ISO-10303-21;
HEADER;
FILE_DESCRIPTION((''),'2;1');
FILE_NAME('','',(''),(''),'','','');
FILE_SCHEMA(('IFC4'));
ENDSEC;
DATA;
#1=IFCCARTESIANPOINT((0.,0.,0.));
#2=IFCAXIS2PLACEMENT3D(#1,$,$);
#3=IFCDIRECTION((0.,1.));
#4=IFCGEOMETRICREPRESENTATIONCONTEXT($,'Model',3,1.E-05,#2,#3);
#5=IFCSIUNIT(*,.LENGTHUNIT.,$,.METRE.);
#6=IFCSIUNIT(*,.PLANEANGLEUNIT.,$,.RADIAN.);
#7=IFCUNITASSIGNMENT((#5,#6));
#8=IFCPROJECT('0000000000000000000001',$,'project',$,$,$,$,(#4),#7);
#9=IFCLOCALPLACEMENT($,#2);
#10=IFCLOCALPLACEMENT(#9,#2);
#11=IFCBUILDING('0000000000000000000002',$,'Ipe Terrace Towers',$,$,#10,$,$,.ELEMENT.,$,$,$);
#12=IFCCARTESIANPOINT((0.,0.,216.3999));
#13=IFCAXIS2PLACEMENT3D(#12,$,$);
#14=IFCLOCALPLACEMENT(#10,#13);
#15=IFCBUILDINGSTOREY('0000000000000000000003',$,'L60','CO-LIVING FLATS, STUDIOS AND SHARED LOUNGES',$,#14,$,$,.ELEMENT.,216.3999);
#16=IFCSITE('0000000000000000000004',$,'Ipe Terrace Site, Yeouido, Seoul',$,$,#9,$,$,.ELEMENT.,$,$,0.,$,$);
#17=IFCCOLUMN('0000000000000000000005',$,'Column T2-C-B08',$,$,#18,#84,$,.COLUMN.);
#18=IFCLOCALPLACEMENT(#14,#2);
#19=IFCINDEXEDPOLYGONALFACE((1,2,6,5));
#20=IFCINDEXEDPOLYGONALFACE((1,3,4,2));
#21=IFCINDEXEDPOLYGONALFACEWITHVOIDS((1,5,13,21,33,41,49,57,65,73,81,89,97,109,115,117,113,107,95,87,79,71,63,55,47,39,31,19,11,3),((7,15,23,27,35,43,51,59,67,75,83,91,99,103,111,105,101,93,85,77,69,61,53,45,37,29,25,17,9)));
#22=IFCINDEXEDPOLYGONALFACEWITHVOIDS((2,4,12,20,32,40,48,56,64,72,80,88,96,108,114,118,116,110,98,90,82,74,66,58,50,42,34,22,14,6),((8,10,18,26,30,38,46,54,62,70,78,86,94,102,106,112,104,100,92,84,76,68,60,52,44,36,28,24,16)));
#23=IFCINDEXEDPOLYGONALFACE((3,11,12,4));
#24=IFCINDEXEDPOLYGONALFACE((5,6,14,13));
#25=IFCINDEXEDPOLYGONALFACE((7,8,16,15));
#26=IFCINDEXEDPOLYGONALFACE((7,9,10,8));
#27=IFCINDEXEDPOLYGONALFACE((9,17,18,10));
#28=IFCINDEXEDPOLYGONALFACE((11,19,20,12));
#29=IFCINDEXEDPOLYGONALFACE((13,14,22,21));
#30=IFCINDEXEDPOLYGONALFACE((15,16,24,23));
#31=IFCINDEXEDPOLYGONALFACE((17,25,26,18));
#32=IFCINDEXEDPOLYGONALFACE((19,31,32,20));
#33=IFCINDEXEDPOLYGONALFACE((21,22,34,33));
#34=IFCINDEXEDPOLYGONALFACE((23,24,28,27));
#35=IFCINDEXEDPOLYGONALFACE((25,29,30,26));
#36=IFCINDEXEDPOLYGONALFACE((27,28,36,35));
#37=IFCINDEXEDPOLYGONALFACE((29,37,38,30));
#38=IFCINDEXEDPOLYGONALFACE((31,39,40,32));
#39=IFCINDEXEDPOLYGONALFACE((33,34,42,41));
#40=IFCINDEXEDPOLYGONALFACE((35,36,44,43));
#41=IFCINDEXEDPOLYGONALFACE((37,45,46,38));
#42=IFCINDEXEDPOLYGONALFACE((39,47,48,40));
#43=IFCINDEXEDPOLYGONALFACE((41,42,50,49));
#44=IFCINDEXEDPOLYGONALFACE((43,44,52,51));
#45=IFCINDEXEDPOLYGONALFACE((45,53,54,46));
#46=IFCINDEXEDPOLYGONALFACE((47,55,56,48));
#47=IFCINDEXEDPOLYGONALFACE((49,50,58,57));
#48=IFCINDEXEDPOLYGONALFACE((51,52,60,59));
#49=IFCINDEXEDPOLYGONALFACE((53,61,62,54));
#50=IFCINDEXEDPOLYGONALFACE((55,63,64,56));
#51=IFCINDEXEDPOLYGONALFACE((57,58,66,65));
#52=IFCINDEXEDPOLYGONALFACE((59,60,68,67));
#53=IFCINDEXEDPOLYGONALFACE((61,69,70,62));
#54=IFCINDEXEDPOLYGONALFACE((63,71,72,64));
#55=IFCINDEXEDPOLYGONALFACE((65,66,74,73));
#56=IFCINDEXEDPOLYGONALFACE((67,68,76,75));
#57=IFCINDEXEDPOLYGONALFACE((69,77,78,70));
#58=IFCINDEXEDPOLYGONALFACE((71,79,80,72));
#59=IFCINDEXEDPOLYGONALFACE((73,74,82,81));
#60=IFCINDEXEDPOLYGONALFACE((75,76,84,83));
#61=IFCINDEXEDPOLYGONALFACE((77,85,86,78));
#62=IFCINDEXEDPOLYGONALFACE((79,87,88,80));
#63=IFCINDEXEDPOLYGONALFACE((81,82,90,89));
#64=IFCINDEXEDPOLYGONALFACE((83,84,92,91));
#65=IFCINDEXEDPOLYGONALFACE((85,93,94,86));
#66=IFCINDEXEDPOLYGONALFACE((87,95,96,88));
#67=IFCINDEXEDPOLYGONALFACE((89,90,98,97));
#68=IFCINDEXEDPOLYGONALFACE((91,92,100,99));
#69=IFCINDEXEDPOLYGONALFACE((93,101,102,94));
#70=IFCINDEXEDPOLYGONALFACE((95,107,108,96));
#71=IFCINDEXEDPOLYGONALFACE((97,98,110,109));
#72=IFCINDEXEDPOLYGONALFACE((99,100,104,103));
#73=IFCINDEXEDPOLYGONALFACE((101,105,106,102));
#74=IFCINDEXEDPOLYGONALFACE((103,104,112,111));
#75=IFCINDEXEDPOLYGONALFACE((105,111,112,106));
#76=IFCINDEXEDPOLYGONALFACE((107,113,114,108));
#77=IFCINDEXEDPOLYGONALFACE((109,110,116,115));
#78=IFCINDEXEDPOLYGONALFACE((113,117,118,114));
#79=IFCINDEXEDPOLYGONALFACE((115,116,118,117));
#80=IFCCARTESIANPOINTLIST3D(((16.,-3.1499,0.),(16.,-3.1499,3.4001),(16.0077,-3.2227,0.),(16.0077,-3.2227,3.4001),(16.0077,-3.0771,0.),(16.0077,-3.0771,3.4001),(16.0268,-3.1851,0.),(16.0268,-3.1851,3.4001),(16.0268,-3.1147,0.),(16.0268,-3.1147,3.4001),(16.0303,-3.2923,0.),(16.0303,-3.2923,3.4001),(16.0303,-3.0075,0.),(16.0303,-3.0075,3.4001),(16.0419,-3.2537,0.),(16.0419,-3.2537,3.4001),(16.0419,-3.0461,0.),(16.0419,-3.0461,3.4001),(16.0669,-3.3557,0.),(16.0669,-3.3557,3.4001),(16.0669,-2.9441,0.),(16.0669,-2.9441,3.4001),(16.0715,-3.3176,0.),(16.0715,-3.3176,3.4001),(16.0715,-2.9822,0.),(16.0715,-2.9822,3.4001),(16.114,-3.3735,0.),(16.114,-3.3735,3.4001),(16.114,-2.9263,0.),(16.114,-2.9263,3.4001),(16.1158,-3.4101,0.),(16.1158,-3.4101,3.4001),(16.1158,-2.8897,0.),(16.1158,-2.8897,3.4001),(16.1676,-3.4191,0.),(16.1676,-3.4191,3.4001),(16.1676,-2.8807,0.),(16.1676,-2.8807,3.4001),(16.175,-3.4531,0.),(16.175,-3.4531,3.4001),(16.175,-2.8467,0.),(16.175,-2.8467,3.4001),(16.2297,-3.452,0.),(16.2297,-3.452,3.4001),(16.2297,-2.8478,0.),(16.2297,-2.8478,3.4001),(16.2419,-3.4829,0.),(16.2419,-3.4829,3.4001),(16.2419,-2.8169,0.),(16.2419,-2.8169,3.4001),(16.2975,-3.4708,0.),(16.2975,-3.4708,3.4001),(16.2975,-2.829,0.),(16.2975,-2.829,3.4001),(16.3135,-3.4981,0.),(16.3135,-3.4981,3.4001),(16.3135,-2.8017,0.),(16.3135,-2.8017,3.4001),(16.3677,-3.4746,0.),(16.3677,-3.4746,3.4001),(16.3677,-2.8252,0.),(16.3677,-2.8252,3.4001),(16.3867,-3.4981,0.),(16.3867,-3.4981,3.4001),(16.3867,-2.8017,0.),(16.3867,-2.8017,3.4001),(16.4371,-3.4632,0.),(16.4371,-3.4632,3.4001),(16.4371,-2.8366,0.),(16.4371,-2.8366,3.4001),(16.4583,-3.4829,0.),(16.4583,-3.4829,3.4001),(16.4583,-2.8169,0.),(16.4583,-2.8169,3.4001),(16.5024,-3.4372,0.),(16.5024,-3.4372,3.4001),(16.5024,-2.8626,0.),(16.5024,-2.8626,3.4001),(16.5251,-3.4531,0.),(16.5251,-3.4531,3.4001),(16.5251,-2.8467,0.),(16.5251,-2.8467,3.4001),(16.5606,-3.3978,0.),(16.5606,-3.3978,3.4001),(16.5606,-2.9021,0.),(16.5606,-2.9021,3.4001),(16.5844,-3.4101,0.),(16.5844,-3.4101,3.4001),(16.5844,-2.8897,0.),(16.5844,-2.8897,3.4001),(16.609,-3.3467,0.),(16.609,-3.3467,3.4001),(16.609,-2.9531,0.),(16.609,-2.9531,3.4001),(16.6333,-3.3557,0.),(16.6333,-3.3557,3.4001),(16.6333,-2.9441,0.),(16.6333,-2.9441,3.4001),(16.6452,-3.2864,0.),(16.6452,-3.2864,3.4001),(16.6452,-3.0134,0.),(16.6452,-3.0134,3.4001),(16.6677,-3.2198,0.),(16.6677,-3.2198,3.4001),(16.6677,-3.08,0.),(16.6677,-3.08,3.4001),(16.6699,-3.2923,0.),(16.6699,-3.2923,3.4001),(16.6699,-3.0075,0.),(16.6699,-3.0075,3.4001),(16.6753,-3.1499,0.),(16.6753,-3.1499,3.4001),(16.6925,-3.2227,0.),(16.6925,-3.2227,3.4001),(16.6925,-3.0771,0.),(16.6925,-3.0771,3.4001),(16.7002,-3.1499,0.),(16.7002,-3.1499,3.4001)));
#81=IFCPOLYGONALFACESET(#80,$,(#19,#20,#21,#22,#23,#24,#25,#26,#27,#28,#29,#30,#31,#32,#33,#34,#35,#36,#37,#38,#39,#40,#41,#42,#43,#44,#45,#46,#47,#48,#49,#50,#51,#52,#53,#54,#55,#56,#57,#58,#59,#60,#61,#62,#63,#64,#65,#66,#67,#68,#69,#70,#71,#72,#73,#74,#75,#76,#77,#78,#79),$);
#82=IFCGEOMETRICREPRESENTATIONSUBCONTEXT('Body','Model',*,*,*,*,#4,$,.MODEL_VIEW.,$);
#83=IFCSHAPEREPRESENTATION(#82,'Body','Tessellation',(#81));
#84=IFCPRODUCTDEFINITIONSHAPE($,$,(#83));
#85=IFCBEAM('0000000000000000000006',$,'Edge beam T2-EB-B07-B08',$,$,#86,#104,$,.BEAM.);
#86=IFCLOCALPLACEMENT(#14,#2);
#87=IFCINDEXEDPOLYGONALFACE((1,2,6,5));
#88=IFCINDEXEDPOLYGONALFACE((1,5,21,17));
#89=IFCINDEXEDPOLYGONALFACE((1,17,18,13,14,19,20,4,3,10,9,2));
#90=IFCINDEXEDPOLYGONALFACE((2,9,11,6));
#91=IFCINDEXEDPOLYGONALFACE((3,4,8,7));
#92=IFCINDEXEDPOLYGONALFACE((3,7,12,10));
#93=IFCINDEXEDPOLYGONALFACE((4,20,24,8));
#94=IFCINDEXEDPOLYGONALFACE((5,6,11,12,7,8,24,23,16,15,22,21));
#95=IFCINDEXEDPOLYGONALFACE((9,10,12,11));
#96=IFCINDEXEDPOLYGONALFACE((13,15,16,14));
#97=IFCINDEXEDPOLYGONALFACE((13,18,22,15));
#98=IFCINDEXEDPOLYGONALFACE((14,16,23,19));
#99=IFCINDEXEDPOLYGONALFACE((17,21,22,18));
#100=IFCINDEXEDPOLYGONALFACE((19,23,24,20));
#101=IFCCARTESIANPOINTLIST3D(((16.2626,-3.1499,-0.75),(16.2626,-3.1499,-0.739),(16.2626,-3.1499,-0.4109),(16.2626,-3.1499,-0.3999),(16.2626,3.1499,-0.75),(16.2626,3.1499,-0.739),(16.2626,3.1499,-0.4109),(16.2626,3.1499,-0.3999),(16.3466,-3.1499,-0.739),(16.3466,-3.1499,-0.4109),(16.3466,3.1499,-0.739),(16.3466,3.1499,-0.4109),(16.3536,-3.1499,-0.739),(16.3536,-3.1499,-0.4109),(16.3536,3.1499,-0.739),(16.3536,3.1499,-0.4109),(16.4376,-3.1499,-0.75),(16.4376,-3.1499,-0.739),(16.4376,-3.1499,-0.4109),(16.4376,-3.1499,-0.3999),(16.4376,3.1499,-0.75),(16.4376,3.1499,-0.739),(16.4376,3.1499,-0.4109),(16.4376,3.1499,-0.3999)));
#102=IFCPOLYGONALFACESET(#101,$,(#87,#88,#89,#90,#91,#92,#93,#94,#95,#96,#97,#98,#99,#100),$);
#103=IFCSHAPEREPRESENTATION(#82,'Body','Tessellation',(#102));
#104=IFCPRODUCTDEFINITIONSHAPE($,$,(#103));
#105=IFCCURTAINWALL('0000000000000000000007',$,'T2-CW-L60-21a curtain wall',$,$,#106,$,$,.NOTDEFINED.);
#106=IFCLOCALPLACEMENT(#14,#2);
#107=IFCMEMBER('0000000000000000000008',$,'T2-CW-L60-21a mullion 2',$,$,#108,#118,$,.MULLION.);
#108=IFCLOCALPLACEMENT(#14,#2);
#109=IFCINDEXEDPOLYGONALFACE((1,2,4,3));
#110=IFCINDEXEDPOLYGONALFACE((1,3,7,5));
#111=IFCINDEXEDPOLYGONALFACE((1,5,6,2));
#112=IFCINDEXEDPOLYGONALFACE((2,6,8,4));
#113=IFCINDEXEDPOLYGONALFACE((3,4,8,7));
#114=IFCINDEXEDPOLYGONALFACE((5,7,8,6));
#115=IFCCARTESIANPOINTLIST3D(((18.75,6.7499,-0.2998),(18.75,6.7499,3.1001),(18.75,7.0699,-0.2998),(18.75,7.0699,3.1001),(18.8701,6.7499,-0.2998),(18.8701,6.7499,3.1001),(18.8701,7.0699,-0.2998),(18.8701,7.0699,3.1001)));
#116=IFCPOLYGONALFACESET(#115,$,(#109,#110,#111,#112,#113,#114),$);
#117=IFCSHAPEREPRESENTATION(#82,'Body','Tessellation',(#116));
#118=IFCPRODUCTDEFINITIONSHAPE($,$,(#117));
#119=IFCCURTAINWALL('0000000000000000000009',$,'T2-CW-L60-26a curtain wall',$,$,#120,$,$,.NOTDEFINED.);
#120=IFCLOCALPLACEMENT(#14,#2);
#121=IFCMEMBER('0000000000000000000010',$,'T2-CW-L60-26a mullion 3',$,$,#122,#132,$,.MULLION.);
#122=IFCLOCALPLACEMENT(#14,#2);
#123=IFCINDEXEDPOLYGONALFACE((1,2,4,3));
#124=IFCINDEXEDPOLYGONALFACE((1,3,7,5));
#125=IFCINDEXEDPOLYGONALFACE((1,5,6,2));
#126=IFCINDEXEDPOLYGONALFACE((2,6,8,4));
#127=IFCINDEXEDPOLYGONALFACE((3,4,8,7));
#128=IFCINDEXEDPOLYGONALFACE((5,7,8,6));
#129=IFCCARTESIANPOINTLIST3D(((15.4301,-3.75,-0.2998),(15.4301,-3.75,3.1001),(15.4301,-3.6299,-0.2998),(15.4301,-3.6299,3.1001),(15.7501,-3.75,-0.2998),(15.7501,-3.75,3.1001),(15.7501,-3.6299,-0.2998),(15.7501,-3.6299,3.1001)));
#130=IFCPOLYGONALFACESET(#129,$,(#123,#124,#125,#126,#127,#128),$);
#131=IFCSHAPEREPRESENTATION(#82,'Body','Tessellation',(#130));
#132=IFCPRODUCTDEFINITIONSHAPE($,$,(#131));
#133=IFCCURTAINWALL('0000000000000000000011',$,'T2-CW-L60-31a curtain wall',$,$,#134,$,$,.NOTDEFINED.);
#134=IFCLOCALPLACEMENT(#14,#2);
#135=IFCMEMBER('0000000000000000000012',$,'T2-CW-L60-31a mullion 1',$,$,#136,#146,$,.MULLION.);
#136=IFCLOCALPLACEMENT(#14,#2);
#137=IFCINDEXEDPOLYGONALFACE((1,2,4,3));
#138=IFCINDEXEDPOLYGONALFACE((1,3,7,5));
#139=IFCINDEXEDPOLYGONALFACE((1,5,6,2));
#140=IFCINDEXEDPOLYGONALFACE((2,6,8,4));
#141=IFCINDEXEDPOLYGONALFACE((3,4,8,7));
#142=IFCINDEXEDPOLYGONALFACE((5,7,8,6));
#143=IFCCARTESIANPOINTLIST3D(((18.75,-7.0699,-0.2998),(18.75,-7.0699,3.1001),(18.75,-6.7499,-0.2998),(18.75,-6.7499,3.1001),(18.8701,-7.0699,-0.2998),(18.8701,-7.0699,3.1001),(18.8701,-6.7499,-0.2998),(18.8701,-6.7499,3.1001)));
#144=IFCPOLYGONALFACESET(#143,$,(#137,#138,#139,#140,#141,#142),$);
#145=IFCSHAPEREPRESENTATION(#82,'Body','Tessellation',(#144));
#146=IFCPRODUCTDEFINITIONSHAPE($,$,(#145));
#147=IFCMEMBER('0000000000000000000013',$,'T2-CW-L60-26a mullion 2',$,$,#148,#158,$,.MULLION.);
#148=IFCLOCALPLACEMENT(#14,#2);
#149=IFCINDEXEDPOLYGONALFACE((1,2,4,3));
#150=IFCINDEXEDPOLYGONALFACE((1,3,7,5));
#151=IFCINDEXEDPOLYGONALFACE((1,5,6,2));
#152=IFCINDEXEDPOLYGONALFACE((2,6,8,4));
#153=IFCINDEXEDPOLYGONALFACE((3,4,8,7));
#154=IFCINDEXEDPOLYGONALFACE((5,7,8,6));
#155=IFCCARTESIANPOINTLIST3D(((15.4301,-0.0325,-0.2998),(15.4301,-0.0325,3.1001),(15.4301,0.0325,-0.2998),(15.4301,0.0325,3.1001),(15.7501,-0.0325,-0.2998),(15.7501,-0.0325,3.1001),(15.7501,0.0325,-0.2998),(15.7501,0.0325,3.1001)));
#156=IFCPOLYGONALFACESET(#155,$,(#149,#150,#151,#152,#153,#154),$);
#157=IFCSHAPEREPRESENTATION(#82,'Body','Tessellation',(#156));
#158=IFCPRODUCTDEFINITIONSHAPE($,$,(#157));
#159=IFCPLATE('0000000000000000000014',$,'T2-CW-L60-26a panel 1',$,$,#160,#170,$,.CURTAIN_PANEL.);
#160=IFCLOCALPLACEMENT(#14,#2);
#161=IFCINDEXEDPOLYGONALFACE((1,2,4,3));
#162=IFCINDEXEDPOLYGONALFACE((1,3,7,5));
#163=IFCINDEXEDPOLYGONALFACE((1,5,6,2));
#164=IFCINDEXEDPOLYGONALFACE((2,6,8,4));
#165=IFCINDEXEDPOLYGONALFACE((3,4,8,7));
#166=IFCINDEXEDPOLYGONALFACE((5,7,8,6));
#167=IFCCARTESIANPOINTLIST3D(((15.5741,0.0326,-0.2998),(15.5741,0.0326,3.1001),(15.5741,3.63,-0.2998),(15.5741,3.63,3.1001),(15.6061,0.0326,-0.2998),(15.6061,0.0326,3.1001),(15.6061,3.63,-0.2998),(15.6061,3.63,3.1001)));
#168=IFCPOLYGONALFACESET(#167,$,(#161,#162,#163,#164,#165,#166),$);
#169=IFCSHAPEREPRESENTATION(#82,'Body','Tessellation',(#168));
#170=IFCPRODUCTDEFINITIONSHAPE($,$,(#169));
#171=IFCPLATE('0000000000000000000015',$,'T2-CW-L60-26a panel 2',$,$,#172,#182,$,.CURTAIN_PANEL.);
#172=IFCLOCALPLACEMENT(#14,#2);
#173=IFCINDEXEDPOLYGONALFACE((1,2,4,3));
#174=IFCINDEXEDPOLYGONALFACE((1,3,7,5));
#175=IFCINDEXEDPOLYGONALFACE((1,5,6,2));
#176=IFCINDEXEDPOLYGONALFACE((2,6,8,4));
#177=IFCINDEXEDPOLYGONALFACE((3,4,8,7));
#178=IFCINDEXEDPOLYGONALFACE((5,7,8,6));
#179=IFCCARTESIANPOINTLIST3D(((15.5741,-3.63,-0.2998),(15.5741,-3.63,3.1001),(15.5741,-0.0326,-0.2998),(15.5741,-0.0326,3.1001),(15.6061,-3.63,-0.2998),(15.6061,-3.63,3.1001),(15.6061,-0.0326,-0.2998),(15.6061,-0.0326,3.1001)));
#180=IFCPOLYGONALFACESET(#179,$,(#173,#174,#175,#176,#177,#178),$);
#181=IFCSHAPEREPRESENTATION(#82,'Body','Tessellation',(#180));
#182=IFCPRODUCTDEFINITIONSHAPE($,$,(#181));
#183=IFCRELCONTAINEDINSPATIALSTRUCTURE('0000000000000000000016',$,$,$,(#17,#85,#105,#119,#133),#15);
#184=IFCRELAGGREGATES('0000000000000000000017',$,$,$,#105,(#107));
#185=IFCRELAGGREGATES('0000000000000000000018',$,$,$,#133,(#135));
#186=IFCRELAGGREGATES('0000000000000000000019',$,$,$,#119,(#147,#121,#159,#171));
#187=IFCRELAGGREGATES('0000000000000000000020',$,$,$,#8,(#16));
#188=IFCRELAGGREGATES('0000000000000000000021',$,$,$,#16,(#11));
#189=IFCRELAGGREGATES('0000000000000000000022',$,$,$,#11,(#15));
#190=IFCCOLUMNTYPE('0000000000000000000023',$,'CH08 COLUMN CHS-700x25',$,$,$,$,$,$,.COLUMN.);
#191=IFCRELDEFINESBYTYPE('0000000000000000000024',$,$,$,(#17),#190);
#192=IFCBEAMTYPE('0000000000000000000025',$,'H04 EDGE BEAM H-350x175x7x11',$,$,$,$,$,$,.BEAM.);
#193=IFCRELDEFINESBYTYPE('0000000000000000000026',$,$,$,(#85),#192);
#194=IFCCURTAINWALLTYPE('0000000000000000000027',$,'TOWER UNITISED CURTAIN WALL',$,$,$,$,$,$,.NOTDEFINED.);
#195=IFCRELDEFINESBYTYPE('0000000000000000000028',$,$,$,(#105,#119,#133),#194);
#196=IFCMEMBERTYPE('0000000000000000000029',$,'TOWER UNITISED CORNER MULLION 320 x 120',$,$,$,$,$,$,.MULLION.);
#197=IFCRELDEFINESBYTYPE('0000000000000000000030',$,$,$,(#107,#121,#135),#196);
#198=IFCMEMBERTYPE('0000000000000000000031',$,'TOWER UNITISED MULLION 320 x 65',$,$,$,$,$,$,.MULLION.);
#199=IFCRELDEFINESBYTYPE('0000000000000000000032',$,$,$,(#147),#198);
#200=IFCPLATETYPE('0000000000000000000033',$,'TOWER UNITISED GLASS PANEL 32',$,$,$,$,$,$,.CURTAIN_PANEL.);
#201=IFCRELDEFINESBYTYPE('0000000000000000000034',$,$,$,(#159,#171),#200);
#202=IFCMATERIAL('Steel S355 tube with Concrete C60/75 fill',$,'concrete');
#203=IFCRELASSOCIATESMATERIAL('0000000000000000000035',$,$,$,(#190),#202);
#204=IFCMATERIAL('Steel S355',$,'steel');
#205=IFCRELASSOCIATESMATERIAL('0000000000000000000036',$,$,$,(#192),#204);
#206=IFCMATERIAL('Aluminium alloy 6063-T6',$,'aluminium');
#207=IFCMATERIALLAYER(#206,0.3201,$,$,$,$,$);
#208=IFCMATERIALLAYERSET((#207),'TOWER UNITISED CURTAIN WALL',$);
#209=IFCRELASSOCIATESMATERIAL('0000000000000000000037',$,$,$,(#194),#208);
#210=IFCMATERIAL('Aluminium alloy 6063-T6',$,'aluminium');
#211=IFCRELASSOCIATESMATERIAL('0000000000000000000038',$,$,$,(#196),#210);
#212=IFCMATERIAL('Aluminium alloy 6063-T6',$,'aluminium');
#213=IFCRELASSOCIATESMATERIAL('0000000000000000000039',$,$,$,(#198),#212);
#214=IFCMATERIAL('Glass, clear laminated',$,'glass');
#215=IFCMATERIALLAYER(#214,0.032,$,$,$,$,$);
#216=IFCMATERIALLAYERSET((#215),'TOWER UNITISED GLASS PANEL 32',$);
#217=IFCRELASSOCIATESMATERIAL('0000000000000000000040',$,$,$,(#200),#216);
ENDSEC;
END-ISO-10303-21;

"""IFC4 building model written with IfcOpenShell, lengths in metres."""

from ifc_helpers import new_model, si_unit, direction, frame, origin, origin_2d, place, context, subcontext, project, spatial, rectangle, hollow_circle, i_section, extrude, material, layer, layer_set, material_profile, profile_set, type_object, element, aggregate, save


model = new_model("IFC4")

# Units and contexts
model_context = context("Model", 3, precision=1e-05, world=origin(), true_north=direction((0.0, 1.0)))
body_context = subcontext(model_context, "Body", "Model", "MODEL_VIEW")
ifc_project = project(units=[si_unit("LENGTHUNIT", "METRE"), si_unit("PLANEANGLEUNIT", "RADIAN")], contexts=[model_context])

# Site, building, storey
site_placement = place(None, origin())
site = spatial("IfcSite", under=ifc_project, at=site_placement, Name="Ipe Terrace Site, Yeouido, Seoul", CompositionType="ELEMENT", RefElevation=0.0)
building_placement = place(site_placement, origin())
building = spatial("IfcBuilding", under=site, at=building_placement, Name="Ipe Terrace Towers", CompositionType="ELEMENT")
storey_placement = place(building_placement, frame((0.0, 0.0, 216.3999)))
storey = spatial("IfcBuildingStorey", under=building, at=storey_placement, Name="L60", Description="CO-LIVING FLATS, STUDIOS AND SHARED LOUNGES", CompositionType="ELEMENT", Elevation=216.3999)

# Column
ifc_material_1 = material(Name="Steel S355 tube with Concrete C60/75 fill", Category="concrete")
ifc_material_profile_1 = material_profile(ifc_material_1, hollow_circle(Radius=0.3501, WallThickness=0.0249, at=origin_2d()), Name="CHS-700x25")
ifc_profile_set_1 = profile_set([ifc_material_profile_1], Name="Steel S355 tube with Concrete C60/75 fill")
column_type = type_object("IfcColumnType", Name="CH08 COLUMN CHS-700x25", PredefinedType="COLUMN", material=ifc_profile_set_1)
for number, where, z_axis, x_axis, name in (
    (1, (16.3501, -3.1499, 0.0), (0.0, 0.0, 1.0), (1.0, 0.0, 0.0), "Column T2-C-B08"),
):
    element("IfcColumn", number, at=place(storey_placement, frame(where, z_axis=z_axis, x_axis=x_axis)), inside=storey, type_object=column_type, Name=name, PredefinedType="COLUMN", context=body_context, shape_type="SweptSolid", body=[
        extrude(hollow_circle(Radius=0.3501, WallThickness=0.0249, at=origin_2d()), origin(), (0.0, 0.0, 1.0), 3.4001),
    ])

# Beam
ifc_material_2 = material(Name="Steel S355", Category="steel")
ifc_material_profile_2 = material_profile(ifc_material_2, i_section(OverallWidth=0.175, OverallDepth=0.3501, WebThickness=0.0071, FlangeThickness=0.011, at=origin_2d()), Name="H-350x175x7x11")
ifc_profile_set_2 = profile_set([ifc_material_profile_2], Name="Steel S355")
beam_type = type_object("IfcBeamType", Name="H04 EDGE BEAM H-350x175x7x11", PredefinedType="BEAM", material=ifc_profile_set_2)
beam_placement = place(storey_placement, frame((16.3501, 3.1499, -0.575), z_axis=(0.0, -1.0, 0.0), x_axis=(1.0, 0.0, 0.0)))
element("IfcBeam", 2, at=beam_placement, inside=storey, type_object=beam_type, Name="Edge beam T2-EB-B07-B08", PredefinedType="BEAM", context=body_context, shape_type="SweptSolid", body=[
    extrude(i_section(OverallWidth=0.175, OverallDepth=0.3501, WebThickness=0.0071, FlangeThickness=0.011, at=origin_2d()), origin(), (0.0, 0.0, 1.0), 6.2998),
])

# Curtain walls, members
ifc_material_3 = material(Name="Aluminium alloy 6063-T6", Category="aluminium")
ifc_layer_1 = layer(ifc_material_3, 0.3201)
ifc_layer_set_1 = layer_set([ifc_layer_1], Name="TOWER UNITISED CURTAIN WALL")
curtain_wall_type = type_object("IfcCurtainWallType", Name="TOWER UNITISED CURTAIN WALL", PredefinedType="NOTDEFINED", material=ifc_layer_set_1)
curtain_wall_1_placement = place(storey_placement, origin())
curtain_wall_1 = element("IfcCurtainWall", 3, at=curtain_wall_1_placement, inside=storey, type_object=curtain_wall_type, Name="T2-CW-L60-21a curtain wall", PredefinedType="NOTDEFINED")
ifc_material_4 = material(Name="Aluminium alloy 6063-T6", Category="aluminium")
ifc_material_profile_3 = material_profile(ifc_material_4, rectangle(XDim=0.3201, YDim=0.1201, at=origin_2d()), Name="TOWER UNITISED CORNER MULLION 320 x 120")
ifc_profile_set_3 = profile_set([ifc_material_profile_3], Name="Aluminium alloy 6063-T6")
member_type_1 = type_object("IfcMemberType", Name="TOWER UNITISED CORNER MULLION 320 x 120", PredefinedType="MULLION", material=ifc_profile_set_3)
member_1_placement = place(storey_placement, frame((18.8101, 6.9099, -0.2998), z_axis=(0.0, 0.0, 1.0), x_axis=(0.0, 1.0, 0.0)))
member_1 = element("IfcMember", 4, at=member_1_placement, type_object=member_type_1, Name="T2-CW-L60-21a mullion 2", PredefinedType="MULLION", context=body_context, shape_type="SweptSolid", body=[
    extrude(rectangle(XDim=0.3201, YDim=0.1201, at=origin_2d()), origin(), (0.0, 0.0, 1.0), 3.3999),
])
aggregate(curtain_wall_1, [member_1])
curtain_wall_2_placement = place(storey_placement, origin())
curtain_wall_2 = element("IfcCurtainWall", 5, at=curtain_wall_2_placement, inside=storey, type_object=curtain_wall_type, Name="T2-CW-L60-26a curtain wall", PredefinedType="NOTDEFINED")
member_2_placement = place(storey_placement, frame((15.5901, -3.6899, -0.2998), z_axis=(0.0, 0.0, 1.0), x_axis=(-1.0, 0.0, 0.0)))
member_2 = element("IfcMember", 6, at=member_2_placement, type_object=member_type_1, Name="T2-CW-L60-26a mullion 3", PredefinedType="MULLION", context=body_context, shape_type="SweptSolid", body=[
    extrude(rectangle(XDim=0.3201, YDim=0.1201, at=origin_2d()), origin(), (0.0, 0.0, 1.0), 3.3999),
])
curtain_wall_3_placement = place(storey_placement, origin())
curtain_wall_3 = element("IfcCurtainWall", 7, at=curtain_wall_3_placement, inside=storey, type_object=curtain_wall_type, Name="T2-CW-L60-31a curtain wall", PredefinedType="NOTDEFINED")
member_3_placement = place(storey_placement, frame((18.8101, -6.9099, -0.2998), z_axis=(0.0, 0.0, 1.0), x_axis=(0.0, -1.0, 0.0)))
member_3 = element("IfcMember", 8, at=member_3_placement, type_object=member_type_1, Name="T2-CW-L60-31a mullion 1", PredefinedType="MULLION", context=body_context, shape_type="SweptSolid", body=[
    extrude(rectangle(XDim=0.3201, YDim=0.1201, at=origin_2d()), origin(), (0.0, 0.0, 1.0), 3.3999),
])
aggregate(curtain_wall_3, [member_3])

# Member
ifc_material_5 = material(Name="Aluminium alloy 6063-T6", Category="aluminium")
ifc_material_profile_4 = material_profile(ifc_material_5, rectangle(XDim=0.3201, YDim=0.0649, at=origin_2d()), Name="TOWER UNITISED MULLION 320 x 65")
ifc_profile_set_4 = profile_set([ifc_material_profile_4], Name="Aluminium alloy 6063-T6")
member_type_2 = type_object("IfcMemberType", Name="TOWER UNITISED MULLION 320 x 65", PredefinedType="MULLION", material=ifc_profile_set_4)
member_4_placement = place(storey_placement, frame((15.5901, 0.0, -0.2998), z_axis=(0.0, 0.0, 1.0), x_axis=(-1.0, 0.0, 0.0)))
member_4 = element("IfcMember", 9, at=member_4_placement, type_object=member_type_2, Name="T2-CW-L60-26a mullion 2", PredefinedType="MULLION", context=body_context, shape_type="SweptSolid", body=[
    extrude(rectangle(XDim=0.3201, YDim=0.0649, at=origin_2d()), origin(), (0.0, 0.0, 1.0), 3.3999),
])

# Plates
ifc_material_6 = material(Name="Glass, clear laminated", Category="glass")
ifc_layer_2 = layer(ifc_material_6, 0.032)
ifc_layer_set_2 = layer_set([ifc_layer_2], Name="TOWER UNITISED GLASS PANEL 32")
plate_type = type_object("IfcPlateType", Name="TOWER UNITISED GLASS PANEL 32", PredefinedType="CURTAIN_PANEL", material=ifc_layer_set_2)
plate_1_placement = place(storey_placement, frame((15.5901, 1.8313, -0.2998), z_axis=(0.0, 0.0, 1.0), x_axis=(0.0, -1.0, 0.0)))
plate_1 = element("IfcPlate", 10, at=plate_1_placement, type_object=plate_type, Name="T2-CW-L60-26a panel 1", PredefinedType="CURTAIN_PANEL", context=body_context, shape_type="SweptSolid", body=[
    extrude(rectangle(XDim=3.5974, YDim=0.032, at=origin_2d()), origin(), (0.0, 0.0, 1.0), 3.3999),
])
plate_2_placement = place(storey_placement, frame((15.5901, -1.8313, -0.2998), z_axis=(0.0, 0.0, 1.0), x_axis=(0.0, -1.0, 0.0)))
plate_2 = element("IfcPlate", 11, at=plate_2_placement, type_object=plate_type, Name="T2-CW-L60-26a panel 2", PredefinedType="CURTAIN_PANEL", context=body_context, shape_type="SweptSolid", body=[
    extrude(rectangle(XDim=3.5974, YDim=0.032, at=origin_2d()), origin(), (0.0, 0.0, 1.0), 3.3999),
])
aggregate(curtain_wall_2, [member_4, member_2, plate_1, plate_2])

save(model, "model.ifc")
